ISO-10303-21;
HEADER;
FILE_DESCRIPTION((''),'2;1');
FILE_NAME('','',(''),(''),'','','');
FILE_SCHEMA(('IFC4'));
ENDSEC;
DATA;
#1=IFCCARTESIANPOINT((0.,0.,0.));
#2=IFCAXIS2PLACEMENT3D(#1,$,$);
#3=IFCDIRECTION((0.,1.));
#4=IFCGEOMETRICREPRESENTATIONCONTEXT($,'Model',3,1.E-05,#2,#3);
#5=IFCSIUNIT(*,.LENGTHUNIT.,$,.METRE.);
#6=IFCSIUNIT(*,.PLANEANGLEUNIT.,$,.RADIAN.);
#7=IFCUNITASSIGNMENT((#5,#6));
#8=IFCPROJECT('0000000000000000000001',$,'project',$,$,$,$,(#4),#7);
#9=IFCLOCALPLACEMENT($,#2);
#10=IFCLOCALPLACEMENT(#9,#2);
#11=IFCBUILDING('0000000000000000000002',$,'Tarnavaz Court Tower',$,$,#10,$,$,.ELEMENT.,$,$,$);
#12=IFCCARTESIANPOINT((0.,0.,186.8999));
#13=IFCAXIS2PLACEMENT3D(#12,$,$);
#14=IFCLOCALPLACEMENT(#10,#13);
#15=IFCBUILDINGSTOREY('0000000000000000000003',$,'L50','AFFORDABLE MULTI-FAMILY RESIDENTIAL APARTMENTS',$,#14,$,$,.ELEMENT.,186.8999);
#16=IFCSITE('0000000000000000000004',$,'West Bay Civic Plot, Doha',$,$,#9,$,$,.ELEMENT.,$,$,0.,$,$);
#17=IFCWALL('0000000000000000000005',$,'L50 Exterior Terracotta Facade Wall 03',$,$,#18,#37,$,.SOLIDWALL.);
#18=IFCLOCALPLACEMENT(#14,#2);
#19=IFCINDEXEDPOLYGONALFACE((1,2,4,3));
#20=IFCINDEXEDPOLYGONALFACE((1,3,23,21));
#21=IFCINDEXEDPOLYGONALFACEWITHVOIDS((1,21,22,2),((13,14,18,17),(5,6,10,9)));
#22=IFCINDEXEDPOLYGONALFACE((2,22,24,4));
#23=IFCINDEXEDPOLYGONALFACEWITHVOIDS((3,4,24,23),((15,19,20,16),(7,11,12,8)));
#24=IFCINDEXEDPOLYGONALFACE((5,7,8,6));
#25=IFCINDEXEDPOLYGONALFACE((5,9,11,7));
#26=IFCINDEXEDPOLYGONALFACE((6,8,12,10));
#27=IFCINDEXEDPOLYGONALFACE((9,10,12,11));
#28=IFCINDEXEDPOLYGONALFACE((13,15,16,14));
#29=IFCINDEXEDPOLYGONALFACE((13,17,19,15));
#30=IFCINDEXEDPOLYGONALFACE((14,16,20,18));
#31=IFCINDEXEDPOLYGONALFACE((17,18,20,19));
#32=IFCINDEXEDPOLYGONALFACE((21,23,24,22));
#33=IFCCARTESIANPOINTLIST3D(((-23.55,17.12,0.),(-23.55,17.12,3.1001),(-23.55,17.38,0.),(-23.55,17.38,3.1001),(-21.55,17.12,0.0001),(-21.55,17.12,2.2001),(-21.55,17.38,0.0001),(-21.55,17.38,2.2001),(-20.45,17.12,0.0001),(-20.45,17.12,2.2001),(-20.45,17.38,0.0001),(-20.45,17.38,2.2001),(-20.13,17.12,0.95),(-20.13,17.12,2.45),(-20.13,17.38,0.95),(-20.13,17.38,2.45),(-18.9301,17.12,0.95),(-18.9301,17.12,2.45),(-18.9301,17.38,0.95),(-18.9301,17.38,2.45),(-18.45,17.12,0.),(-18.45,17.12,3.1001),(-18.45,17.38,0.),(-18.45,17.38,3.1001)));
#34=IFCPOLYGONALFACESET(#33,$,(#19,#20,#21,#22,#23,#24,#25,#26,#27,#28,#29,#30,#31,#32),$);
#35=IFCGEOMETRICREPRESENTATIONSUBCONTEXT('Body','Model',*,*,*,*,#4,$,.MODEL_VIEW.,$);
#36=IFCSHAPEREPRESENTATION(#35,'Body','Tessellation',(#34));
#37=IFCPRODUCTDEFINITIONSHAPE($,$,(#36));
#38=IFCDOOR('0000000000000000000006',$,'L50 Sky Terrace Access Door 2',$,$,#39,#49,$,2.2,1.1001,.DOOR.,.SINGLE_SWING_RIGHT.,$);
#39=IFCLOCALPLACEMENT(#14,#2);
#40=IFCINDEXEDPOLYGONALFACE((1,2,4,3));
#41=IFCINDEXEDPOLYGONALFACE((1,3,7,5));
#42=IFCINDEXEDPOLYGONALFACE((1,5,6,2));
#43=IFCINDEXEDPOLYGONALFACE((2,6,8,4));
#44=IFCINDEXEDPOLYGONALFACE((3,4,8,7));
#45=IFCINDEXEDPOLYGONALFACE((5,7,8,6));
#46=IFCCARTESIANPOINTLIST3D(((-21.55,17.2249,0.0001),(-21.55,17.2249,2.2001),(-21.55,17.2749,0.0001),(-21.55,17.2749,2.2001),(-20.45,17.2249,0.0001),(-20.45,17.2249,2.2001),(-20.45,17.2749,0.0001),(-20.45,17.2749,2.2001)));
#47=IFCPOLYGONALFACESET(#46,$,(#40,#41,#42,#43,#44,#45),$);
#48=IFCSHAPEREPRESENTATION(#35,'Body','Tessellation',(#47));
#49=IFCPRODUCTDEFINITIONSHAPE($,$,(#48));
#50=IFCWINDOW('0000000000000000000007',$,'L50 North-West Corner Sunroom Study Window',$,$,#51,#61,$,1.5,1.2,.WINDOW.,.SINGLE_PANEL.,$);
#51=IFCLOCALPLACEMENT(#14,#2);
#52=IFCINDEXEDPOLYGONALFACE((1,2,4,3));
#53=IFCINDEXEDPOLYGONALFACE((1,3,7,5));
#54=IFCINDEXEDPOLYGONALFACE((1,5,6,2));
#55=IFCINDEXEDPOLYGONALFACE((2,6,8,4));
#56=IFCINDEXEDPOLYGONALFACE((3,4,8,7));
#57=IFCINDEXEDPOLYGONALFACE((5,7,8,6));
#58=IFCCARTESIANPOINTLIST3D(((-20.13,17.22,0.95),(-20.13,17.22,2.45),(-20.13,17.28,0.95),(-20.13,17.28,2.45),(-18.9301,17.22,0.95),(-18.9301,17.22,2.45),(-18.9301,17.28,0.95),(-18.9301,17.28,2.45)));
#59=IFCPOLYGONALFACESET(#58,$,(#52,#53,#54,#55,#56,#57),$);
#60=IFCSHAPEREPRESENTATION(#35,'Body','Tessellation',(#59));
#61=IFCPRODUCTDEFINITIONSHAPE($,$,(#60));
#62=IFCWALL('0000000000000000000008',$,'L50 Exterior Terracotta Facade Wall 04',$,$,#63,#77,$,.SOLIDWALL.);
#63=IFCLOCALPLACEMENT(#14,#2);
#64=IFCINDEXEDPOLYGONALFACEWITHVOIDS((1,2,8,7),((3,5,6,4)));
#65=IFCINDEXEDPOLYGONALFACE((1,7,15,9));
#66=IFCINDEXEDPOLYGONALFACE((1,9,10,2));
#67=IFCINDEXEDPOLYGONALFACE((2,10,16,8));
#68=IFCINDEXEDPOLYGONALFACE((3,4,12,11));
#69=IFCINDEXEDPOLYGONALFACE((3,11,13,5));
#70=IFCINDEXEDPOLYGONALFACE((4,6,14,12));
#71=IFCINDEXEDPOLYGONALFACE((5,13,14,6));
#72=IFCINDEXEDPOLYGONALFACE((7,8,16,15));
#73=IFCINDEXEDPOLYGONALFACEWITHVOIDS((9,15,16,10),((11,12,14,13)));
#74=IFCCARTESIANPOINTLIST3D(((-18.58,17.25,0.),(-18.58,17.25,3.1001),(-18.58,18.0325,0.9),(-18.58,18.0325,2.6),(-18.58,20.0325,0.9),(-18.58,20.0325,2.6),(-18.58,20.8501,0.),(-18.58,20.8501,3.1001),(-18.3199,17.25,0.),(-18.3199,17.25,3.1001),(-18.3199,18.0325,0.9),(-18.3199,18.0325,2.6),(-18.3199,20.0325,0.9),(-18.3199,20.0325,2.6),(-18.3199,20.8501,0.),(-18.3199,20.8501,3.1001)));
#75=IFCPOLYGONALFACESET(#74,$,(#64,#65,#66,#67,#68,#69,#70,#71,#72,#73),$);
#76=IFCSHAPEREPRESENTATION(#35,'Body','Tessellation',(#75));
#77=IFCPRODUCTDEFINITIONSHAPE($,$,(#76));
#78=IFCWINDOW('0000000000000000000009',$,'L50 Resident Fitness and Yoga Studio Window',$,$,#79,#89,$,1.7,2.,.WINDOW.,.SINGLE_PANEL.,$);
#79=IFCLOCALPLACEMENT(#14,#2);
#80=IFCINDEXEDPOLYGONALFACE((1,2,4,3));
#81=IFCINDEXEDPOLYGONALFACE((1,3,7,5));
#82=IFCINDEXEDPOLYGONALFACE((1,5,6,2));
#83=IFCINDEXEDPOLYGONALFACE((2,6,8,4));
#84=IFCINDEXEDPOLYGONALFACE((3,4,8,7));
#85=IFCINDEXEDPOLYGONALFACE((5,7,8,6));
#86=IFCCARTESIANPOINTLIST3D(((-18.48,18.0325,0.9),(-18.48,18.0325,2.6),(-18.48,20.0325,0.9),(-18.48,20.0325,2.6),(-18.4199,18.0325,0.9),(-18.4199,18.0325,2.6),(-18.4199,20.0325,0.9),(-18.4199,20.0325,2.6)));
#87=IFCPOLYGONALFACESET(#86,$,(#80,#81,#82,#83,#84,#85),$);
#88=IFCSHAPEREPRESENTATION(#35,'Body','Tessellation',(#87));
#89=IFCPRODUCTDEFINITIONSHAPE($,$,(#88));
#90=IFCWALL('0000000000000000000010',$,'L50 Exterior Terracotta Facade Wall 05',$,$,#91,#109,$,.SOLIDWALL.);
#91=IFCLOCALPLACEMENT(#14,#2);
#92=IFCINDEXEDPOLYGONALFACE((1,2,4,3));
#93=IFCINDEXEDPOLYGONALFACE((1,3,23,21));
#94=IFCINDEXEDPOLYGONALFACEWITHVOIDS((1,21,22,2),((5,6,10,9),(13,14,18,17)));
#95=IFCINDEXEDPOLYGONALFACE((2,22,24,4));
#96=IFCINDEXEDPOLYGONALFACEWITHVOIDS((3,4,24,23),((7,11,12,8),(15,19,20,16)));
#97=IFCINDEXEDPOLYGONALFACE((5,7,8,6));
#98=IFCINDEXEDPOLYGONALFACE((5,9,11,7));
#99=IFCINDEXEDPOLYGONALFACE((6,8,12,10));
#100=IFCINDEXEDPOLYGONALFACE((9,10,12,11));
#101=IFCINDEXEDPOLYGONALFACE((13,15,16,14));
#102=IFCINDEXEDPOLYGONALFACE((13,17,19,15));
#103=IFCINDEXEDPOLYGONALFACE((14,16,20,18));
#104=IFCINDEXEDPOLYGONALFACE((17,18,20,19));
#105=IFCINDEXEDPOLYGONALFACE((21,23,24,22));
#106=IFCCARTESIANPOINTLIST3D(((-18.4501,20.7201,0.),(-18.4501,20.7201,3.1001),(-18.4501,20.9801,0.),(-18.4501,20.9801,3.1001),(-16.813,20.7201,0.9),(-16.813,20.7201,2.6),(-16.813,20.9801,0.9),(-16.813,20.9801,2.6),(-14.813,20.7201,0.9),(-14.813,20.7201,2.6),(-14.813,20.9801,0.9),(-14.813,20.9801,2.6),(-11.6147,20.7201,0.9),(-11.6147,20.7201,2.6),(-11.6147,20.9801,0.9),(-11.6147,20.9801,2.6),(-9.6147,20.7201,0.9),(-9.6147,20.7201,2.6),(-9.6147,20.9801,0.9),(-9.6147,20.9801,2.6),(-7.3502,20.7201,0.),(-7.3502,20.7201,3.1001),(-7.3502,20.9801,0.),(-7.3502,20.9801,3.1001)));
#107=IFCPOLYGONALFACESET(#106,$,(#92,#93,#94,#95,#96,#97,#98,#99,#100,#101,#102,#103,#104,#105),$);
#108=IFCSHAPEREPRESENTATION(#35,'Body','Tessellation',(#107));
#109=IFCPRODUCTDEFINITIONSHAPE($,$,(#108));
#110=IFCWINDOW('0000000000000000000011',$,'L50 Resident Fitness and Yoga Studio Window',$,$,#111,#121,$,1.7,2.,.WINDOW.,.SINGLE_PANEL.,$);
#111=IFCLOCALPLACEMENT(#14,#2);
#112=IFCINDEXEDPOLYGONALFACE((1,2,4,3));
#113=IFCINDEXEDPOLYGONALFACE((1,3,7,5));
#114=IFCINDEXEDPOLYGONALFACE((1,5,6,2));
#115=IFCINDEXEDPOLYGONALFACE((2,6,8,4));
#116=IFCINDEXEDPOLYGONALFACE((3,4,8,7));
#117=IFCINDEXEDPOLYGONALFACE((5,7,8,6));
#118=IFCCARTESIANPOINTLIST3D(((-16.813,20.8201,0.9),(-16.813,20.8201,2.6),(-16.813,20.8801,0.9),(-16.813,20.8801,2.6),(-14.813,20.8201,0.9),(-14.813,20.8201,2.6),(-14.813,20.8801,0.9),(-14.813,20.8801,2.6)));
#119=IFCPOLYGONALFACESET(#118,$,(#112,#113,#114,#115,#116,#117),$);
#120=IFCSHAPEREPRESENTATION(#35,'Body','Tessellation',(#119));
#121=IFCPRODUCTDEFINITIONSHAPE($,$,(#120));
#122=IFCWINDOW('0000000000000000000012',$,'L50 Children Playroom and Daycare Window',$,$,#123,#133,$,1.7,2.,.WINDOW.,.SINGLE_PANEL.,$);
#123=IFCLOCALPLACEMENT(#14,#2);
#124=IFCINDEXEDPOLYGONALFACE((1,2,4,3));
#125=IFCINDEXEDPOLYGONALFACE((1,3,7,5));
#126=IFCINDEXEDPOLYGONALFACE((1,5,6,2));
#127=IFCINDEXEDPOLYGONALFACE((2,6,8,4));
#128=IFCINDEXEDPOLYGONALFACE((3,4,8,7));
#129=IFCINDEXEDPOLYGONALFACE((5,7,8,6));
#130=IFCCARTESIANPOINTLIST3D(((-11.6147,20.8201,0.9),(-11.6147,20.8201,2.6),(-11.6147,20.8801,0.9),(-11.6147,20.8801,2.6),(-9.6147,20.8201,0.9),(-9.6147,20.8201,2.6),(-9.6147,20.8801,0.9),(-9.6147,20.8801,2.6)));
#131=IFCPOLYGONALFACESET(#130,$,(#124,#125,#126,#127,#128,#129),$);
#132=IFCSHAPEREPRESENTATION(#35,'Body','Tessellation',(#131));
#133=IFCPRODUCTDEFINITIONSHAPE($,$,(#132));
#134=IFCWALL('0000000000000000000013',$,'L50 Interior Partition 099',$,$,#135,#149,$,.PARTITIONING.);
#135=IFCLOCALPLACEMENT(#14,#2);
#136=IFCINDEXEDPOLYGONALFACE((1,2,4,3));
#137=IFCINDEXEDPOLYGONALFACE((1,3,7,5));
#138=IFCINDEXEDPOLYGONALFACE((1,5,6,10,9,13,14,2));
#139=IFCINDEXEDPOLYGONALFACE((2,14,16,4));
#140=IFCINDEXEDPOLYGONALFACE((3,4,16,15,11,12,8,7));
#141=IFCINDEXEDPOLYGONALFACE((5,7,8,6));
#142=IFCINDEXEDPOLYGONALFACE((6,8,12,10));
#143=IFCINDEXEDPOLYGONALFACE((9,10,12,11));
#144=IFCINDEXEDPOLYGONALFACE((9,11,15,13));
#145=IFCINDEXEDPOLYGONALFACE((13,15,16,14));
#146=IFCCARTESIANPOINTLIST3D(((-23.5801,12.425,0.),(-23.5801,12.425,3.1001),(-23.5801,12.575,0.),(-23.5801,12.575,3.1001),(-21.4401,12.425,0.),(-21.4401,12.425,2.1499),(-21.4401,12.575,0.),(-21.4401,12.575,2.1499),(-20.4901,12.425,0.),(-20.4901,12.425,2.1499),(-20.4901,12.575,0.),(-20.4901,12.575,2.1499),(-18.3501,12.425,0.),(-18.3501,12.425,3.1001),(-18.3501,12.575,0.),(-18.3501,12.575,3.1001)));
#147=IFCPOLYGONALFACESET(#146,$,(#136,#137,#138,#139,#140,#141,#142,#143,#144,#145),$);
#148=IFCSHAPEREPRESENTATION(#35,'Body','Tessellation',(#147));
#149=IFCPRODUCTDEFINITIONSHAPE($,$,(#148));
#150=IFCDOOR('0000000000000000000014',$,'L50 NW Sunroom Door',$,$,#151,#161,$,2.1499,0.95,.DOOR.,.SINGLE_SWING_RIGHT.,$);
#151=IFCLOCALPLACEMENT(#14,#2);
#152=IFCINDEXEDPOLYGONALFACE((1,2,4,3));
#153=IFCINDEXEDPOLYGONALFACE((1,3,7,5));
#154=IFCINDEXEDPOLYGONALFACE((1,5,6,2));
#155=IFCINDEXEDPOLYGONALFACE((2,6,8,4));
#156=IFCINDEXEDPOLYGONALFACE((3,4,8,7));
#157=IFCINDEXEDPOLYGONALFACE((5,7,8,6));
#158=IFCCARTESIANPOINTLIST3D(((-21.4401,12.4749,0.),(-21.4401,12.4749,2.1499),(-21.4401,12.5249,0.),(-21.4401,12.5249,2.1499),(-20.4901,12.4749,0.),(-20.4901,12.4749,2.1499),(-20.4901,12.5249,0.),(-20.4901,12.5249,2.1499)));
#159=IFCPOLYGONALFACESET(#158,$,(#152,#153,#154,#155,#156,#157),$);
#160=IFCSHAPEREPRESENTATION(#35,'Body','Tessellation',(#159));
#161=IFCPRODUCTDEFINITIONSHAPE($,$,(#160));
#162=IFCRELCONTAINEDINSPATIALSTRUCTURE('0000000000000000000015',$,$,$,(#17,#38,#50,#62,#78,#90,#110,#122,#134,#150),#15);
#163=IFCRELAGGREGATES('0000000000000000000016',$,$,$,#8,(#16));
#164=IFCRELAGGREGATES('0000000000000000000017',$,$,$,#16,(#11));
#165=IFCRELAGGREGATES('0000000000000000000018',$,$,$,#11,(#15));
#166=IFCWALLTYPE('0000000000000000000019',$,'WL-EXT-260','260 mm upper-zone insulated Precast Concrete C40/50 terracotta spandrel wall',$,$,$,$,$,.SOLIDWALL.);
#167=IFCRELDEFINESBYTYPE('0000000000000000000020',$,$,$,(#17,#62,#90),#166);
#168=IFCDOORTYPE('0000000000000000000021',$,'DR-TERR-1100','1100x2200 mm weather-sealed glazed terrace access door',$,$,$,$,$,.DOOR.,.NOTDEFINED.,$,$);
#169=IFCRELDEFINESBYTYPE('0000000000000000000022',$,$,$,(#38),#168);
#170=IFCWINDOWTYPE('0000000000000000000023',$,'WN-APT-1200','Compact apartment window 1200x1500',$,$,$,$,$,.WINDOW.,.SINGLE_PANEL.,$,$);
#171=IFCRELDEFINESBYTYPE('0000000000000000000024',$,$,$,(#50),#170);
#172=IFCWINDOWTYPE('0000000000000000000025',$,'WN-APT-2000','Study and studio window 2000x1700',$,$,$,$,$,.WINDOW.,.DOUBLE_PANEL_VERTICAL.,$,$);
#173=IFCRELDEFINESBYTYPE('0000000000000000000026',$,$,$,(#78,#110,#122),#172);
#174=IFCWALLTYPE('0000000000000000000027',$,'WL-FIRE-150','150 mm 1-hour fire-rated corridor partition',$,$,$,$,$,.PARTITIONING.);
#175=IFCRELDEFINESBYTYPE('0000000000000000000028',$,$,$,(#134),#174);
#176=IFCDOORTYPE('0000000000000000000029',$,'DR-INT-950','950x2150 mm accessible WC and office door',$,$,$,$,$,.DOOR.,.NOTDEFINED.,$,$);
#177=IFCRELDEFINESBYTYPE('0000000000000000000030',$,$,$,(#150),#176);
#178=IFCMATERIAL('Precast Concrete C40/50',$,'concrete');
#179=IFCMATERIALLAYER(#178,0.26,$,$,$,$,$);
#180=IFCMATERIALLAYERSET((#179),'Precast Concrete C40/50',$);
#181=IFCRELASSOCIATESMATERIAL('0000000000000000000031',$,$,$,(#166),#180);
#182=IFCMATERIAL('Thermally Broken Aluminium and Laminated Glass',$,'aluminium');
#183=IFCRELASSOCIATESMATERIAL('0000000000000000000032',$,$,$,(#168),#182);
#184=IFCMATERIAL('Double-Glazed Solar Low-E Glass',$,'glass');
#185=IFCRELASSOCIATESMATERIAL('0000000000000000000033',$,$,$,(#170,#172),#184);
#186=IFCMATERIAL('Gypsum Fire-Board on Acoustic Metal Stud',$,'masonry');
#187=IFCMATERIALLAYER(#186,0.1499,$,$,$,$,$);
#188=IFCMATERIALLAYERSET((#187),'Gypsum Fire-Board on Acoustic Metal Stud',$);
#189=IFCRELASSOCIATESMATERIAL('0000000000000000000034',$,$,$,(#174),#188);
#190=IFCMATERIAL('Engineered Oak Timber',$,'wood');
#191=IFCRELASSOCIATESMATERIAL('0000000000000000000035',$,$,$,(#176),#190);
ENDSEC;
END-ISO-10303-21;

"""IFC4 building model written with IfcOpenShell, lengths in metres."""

from ifc_helpers import new_model, si_unit, direction, frame, frame_2d, origin, place, context, subcontext, project, spatial, rectangle, extrude, material, layer, layer_set, type_object, element, fill, save


model = new_model("IFC4")

# Units and contexts
model_context = context("Model", 3, precision=1e-05, world=origin(), true_north=direction((0.0, 1.0)))
body_context = subcontext(model_context, "Body", "Model", "MODEL_VIEW")
ifc_project = project(units=[si_unit("LENGTHUNIT", "METRE"), si_unit("PLANEANGLEUNIT", "RADIAN")], contexts=[model_context])

# Site, building, storey
site_placement = place(None, origin())
site = spatial("IfcSite", under=ifc_project, at=site_placement, Name="West Bay Civic Plot, Doha", CompositionType="ELEMENT", RefElevation=0.0)
building_placement = place(site_placement, origin())
building = spatial("IfcBuilding", under=site, at=building_placement, Name="Tarnavaz Court Tower", CompositionType="ELEMENT")
storey_placement = place(building_placement, frame((0.0, 0.0, 186.8999)))
storey = spatial("IfcBuildingStorey", under=building, at=storey_placement, Name="L50", Description="AFFORDABLE MULTI-FAMILY RESIDENTIAL APARTMENTS", CompositionType="ELEMENT", Elevation=186.8999)

# Wall, openings, door, window
ifc_material_1 = material(Name="Precast Concrete C40/50", Category="concrete")
ifc_layer_1 = layer(ifc_material_1, 0.26)
ifc_layer_set_1 = layer_set([ifc_layer_1], Name="Precast Concrete C40/50")
wall_type_1 = type_object("IfcWallType", Name="WL-EXT-260", Description="260 mm upper-zone insulated Precast Concrete C40/50 terracotta spandrel wall", PredefinedType="SOLIDWALL", material=ifc_layer_set_1)
wall_1_placement = place(storey_placement, frame((-23.55, 17.25, 0.0), z_axis=(0.0, 0.0, 1.0), x_axis=(1.0, 0.0, 0.0)))
wall_1 = element("IfcWall", 1, at=wall_1_placement, inside=storey, type_object=wall_type_1, Name="L50 Exterior Terracotta Facade Wall 03", PredefinedType="SOLIDWALL", context=body_context, shape_type="SweptSolid", body=[
    extrude(rectangle(XDim=5.1001, YDim=0.26, at=frame_2d((2.55, 0.0))), origin(), (0.0, 0.0, 1.0), 3.1001),
])
opening_1_placement = place(wall_1_placement, frame((2.0, 0.0, 0.0)))
opening_1 = element("IfcOpeningElement", 2, at=opening_1_placement, cuts=wall_1, PredefinedType="OPENING", context=body_context, shape_type="SweptSolid", body=[
    extrude(rectangle(XDim=1.1001, YDim=2.2, at=frame_2d((0.55, 1.1001))), frame((0.0, 0.1399, 0.0), z_axis=(0.0, -1.0, 0.0), x_axis=(1.0, 0.0, 0.0)), (0.0, 0.0, 1.0), 0.28),
])
opening_2_placement = place(wall_1_placement, frame((3.4199, 0.0, 0.95)))
opening_2 = element("IfcOpeningElement", 3, at=opening_2_placement, cuts=wall_1, PredefinedType="OPENING", context=body_context, shape_type="SweptSolid", body=[
    extrude(rectangle(XDim=1.2, YDim=1.5, at=frame_2d((0.6001, 0.75))), frame((0.0, 0.1399, 0.0), z_axis=(0.0, -1.0, 0.0), x_axis=(1.0, 0.0, 0.0)), (0.0, 0.0, 1.0), 0.28),
])
ifc_material_2 = material(Name="Thermally Broken Aluminium and Laminated Glass", Category="aluminium")
door_type_1 = type_object("IfcDoorType", Name="DR-TERR-1100", Description="1100x2200 mm weather-sealed glazed terrace access door", OperationType="NOTDEFINED", PredefinedType="DOOR", material=ifc_material_2)
door_1_placement = place(opening_1_placement, origin())
door_1 = element("IfcDoor", 4, at=door_1_placement, inside=storey, type_object=door_type_1, Name="L50 Sky Terrace Access Door 2", OperationType="SINGLE_SWING_RIGHT", OverallHeight=2.2, OverallWidth=1.1001, PredefinedType="DOOR", context=body_context, shape_type="SweptSolid", body=[
    extrude(rectangle(XDim=1.1001, YDim=2.2, at=frame_2d((0.55, 1.1001))), frame((0.0, 0.0249, 0.0), z_axis=(0.0, -1.0, 0.0), x_axis=(1.0, 0.0, 0.0)), (0.0, 0.0, 1.0), 0.05),
])
fill(opening_1, door_1)
ifc_material_3 = material(Name="Double-Glazed Solar Low-E Glass", Category="glass")
window_type_1 = type_object("IfcWindowType", Name="WN-APT-1200", Description="Compact apartment window 1200x1500", PartitioningType="SINGLE_PANEL", PredefinedType="WINDOW", material=ifc_material_3)
window_1_placement = place(opening_2_placement, origin())
window_1 = element("IfcWindow", 5, at=window_1_placement, inside=storey, type_object=window_type_1, Name="L50 North-West Corner Sunroom Study Window", OverallHeight=1.5, OverallWidth=1.2, PartitioningType="SINGLE_PANEL", PredefinedType="WINDOW", context=body_context, shape_type="SweptSolid", body=[
    extrude(rectangle(XDim=1.2, YDim=1.5, at=frame_2d((0.6001, 0.75))), frame((0.0, 0.03, 0.0), z_axis=(0.0, -1.0, 0.0), x_axis=(1.0, 0.0, 0.0)), (0.0, 0.0, 1.0), 0.0601),
])
fill(opening_2, window_1)

# Wall, opening, window
wall_2_placement = place(storey_placement, frame((-18.45, 17.25, 0.0), z_axis=(0.0, 0.0, 1.0), x_axis=(0.0, 1.0, 0.0)))
wall_2 = element("IfcWall", 6, at=wall_2_placement, inside=storey, type_object=wall_type_1, Name="L50 Exterior Terracotta Facade Wall 04", PredefinedType="SOLIDWALL", context=body_context, shape_type="SweptSolid", body=[
    extrude(rectangle(XDim=3.6001, YDim=0.26, at=frame_2d((1.8, 0.0))), origin(), (0.0, 0.0, 1.0), 3.1001),
])
opening_3_placement = place(wall_2_placement, frame((0.7825, 0.0, 0.8999)))
opening_3 = element("IfcOpeningElement", 7, at=opening_3_placement, cuts=wall_2, PredefinedType="OPENING", context=body_context, shape_type="SweptSolid", body=[
    extrude(rectangle(XDim=2.0, YDim=1.7, at=frame_2d((1.0, 0.8501))), frame((0.0, 0.1399, 0.0), z_axis=(0.0, -1.0, 0.0), x_axis=(1.0, 0.0, 0.0)), (0.0, 0.0, 1.0), 0.28),
])
window_type_2 = type_object("IfcWindowType", Name="WN-APT-2000", Description="Study and studio window 2000x1700", PartitioningType="DOUBLE_PANEL_VERTICAL", PredefinedType="WINDOW", material=ifc_material_3)
window_2_placement = place(opening_3_placement, origin())
window_2 = element("IfcWindow", 8, at=window_2_placement, inside=storey, type_object=window_type_2, Name="L50 Resident Fitness and Yoga Studio Window", OverallHeight=1.7, OverallWidth=2.0, PartitioningType="SINGLE_PANEL", PredefinedType="WINDOW", context=body_context, shape_type="SweptSolid", body=[
    extrude(rectangle(XDim=2.0, YDim=1.7, at=frame_2d((1.0, 0.8501))), frame((0.0, 0.03, 0.0), z_axis=(0.0, -1.0, 0.0), x_axis=(1.0, 0.0, 0.0)), (0.0, 0.0, 1.0), 0.0601),
])
fill(opening_3, window_2)

# Wall, openings, windows
wall_3_placement = place(storey_placement, frame((-18.45, 20.8501, 0.0), z_axis=(0.0, 0.0, 1.0), x_axis=(1.0, 0.0, 0.0)))
wall_3 = element("IfcWall", 9, at=wall_3_placement, inside=storey, type_object=wall_type_1, Name="L50 Exterior Terracotta Facade Wall 05", PredefinedType="SOLIDWALL", context=body_context, shape_type="SweptSolid", body=[
    extrude(rectangle(XDim=11.0999, YDim=0.26, at=frame_2d((5.5498, 0.0))), origin(), (0.0, 0.0, 1.0), 3.1001),
])
opening_4_placement = place(wall_3_placement, frame((1.637, 0.0, 0.8999)))
opening_4 = element("IfcOpeningElement", 10, at=opening_4_placement, cuts=wall_3, PredefinedType="OPENING", context=body_context, shape_type="SweptSolid", body=[
    extrude(rectangle(XDim=2.0, YDim=1.7, at=frame_2d((1.0, 0.8501))), frame((0.0, 0.1399, 0.0), z_axis=(0.0, -1.0, 0.0), x_axis=(1.0, 0.0, 0.0)), (0.0, 0.0, 1.0), 0.28),
])
opening_5_placement = place(wall_3_placement, frame((6.8352, 0.0, 0.8999)))
opening_5 = element("IfcOpeningElement", 11, at=opening_5_placement, cuts=wall_3, PredefinedType="OPENING", context=body_context, shape_type="SweptSolid", body=[
    extrude(rectangle(XDim=2.0, YDim=1.7, at=frame_2d((1.0, 0.8501))), frame((0.0, 0.1399, 0.0), z_axis=(0.0, -1.0, 0.0), x_axis=(1.0, 0.0, 0.0)), (0.0, 0.0, 1.0), 0.28),
])
window_3_placement = place(opening_4_placement, origin())
window_3 = element("IfcWindow", 12, at=window_3_placement, inside=storey, type_object=window_type_2, Name="L50 Resident Fitness and Yoga Studio Window", OverallHeight=1.7, OverallWidth=2.0, PartitioningType="SINGLE_PANEL", PredefinedType="WINDOW", context=body_context, shape_type="SweptSolid", body=[
    extrude(rectangle(XDim=2.0, YDim=1.7, at=frame_2d((1.0, 0.8501))), frame((0.0, 0.03, 0.0), z_axis=(0.0, -1.0, 0.0), x_axis=(1.0, 0.0, 0.0)), (0.0, 0.0, 1.0), 0.0601),
])
fill(opening_4, window_3)
window_4_placement = place(opening_5_placement, origin())
window_4 = element("IfcWindow", 13, at=window_4_placement, inside=storey, type_object=window_type_2, Name="L50 Children Playroom and Daycare Window", OverallHeight=1.7, OverallWidth=2.0, PartitioningType="SINGLE_PANEL", PredefinedType="WINDOW", context=body_context, shape_type="SweptSolid", body=[
    extrude(rectangle(XDim=2.0, YDim=1.7, at=frame_2d((1.0, 0.8501))), frame((0.0, 0.03, 0.0), z_axis=(0.0, -1.0, 0.0), x_axis=(1.0, 0.0, 0.0)), (0.0, 0.0, 1.0), 0.0601),
])
fill(opening_5, window_4)

# Shared definitions
ifc_material_4 = material(Name="Gypsum Fire-Board on Acoustic Metal Stud", Category="masonry")
ifc_layer_2 = layer(ifc_material_4, 0.1499)
ifc_layer_set_2 = layer_set([ifc_layer_2], Name="Gypsum Fire-Board on Acoustic Metal Stud")
wall_type_2 = type_object("IfcWallType", Name="WL-FIRE-150", Description="150 mm 1-hour fire-rated corridor partition", PredefinedType="PARTITIONING", material=ifc_layer_set_2)
ifc_material_5 = material(Name="Engineered Oak Timber", Category="wood")
door_type_2 = type_object("IfcDoorType", Name="DR-INT-950", Description="950x2150 mm accessible WC and office door", OperationType="NOTDEFINED", PredefinedType="DOOR", material=ifc_material_5)

# Wall, opening, door
wall_4_placement = place(storey_placement, frame((-23.5801, 12.5, 0.0), z_axis=(0.0, 0.0, 1.0), x_axis=(1.0, 0.0, 0.0)))
wall_4 = element("IfcWall", 14, at=wall_4_placement, inside=storey, type_object=wall_type_2, Name="L50 Interior Partition 099", PredefinedType="PARTITIONING", context=body_context, shape_type="SweptSolid", body=[
    extrude(rectangle(XDim=5.23, YDim=0.1499, at=frame_2d((2.615, 0.0))), origin(), (0.0, 0.0, 1.0), 3.1001),
])
opening_6_placement = place(wall_4_placement, frame((2.1399, 0.0, 0.0)))
opening_6 = element("IfcOpeningElement", 15, at=opening_6_placement, cuts=wall_4, PredefinedType="OPENING", context=body_context, shape_type="SweptSolid", body=[
    extrude(rectangle(XDim=0.95, YDim=2.1499, at=frame_2d((0.4751, 1.075))), frame((0.0, 0.085, 0.0), z_axis=(0.0, -1.0, 0.0), x_axis=(1.0, 0.0, 0.0)), (0.0, 0.0, 1.0), 0.1699),
])
door_2_placement = place(opening_6_placement, origin())
door_2 = element("IfcDoor", 16, at=door_2_placement, inside=storey, type_object=door_type_2, Name="L50 NW Sunroom Door", OperationType="SINGLE_SWING_RIGHT", OverallHeight=2.1499, OverallWidth=0.95, PredefinedType="DOOR", context=body_context, shape_type="SweptSolid", body=[
    extrude(rectangle(XDim=0.95, YDim=2.1499, at=frame_2d((0.4751, 1.075))), frame((0.0, 0.0249, 0.0), z_axis=(0.0, -1.0, 0.0), x_axis=(1.0, 0.0, 0.0)), (0.0, 0.0, 1.0), 0.05),
])
fill(opening_6, door_2)

save(model, "model.ifc")
